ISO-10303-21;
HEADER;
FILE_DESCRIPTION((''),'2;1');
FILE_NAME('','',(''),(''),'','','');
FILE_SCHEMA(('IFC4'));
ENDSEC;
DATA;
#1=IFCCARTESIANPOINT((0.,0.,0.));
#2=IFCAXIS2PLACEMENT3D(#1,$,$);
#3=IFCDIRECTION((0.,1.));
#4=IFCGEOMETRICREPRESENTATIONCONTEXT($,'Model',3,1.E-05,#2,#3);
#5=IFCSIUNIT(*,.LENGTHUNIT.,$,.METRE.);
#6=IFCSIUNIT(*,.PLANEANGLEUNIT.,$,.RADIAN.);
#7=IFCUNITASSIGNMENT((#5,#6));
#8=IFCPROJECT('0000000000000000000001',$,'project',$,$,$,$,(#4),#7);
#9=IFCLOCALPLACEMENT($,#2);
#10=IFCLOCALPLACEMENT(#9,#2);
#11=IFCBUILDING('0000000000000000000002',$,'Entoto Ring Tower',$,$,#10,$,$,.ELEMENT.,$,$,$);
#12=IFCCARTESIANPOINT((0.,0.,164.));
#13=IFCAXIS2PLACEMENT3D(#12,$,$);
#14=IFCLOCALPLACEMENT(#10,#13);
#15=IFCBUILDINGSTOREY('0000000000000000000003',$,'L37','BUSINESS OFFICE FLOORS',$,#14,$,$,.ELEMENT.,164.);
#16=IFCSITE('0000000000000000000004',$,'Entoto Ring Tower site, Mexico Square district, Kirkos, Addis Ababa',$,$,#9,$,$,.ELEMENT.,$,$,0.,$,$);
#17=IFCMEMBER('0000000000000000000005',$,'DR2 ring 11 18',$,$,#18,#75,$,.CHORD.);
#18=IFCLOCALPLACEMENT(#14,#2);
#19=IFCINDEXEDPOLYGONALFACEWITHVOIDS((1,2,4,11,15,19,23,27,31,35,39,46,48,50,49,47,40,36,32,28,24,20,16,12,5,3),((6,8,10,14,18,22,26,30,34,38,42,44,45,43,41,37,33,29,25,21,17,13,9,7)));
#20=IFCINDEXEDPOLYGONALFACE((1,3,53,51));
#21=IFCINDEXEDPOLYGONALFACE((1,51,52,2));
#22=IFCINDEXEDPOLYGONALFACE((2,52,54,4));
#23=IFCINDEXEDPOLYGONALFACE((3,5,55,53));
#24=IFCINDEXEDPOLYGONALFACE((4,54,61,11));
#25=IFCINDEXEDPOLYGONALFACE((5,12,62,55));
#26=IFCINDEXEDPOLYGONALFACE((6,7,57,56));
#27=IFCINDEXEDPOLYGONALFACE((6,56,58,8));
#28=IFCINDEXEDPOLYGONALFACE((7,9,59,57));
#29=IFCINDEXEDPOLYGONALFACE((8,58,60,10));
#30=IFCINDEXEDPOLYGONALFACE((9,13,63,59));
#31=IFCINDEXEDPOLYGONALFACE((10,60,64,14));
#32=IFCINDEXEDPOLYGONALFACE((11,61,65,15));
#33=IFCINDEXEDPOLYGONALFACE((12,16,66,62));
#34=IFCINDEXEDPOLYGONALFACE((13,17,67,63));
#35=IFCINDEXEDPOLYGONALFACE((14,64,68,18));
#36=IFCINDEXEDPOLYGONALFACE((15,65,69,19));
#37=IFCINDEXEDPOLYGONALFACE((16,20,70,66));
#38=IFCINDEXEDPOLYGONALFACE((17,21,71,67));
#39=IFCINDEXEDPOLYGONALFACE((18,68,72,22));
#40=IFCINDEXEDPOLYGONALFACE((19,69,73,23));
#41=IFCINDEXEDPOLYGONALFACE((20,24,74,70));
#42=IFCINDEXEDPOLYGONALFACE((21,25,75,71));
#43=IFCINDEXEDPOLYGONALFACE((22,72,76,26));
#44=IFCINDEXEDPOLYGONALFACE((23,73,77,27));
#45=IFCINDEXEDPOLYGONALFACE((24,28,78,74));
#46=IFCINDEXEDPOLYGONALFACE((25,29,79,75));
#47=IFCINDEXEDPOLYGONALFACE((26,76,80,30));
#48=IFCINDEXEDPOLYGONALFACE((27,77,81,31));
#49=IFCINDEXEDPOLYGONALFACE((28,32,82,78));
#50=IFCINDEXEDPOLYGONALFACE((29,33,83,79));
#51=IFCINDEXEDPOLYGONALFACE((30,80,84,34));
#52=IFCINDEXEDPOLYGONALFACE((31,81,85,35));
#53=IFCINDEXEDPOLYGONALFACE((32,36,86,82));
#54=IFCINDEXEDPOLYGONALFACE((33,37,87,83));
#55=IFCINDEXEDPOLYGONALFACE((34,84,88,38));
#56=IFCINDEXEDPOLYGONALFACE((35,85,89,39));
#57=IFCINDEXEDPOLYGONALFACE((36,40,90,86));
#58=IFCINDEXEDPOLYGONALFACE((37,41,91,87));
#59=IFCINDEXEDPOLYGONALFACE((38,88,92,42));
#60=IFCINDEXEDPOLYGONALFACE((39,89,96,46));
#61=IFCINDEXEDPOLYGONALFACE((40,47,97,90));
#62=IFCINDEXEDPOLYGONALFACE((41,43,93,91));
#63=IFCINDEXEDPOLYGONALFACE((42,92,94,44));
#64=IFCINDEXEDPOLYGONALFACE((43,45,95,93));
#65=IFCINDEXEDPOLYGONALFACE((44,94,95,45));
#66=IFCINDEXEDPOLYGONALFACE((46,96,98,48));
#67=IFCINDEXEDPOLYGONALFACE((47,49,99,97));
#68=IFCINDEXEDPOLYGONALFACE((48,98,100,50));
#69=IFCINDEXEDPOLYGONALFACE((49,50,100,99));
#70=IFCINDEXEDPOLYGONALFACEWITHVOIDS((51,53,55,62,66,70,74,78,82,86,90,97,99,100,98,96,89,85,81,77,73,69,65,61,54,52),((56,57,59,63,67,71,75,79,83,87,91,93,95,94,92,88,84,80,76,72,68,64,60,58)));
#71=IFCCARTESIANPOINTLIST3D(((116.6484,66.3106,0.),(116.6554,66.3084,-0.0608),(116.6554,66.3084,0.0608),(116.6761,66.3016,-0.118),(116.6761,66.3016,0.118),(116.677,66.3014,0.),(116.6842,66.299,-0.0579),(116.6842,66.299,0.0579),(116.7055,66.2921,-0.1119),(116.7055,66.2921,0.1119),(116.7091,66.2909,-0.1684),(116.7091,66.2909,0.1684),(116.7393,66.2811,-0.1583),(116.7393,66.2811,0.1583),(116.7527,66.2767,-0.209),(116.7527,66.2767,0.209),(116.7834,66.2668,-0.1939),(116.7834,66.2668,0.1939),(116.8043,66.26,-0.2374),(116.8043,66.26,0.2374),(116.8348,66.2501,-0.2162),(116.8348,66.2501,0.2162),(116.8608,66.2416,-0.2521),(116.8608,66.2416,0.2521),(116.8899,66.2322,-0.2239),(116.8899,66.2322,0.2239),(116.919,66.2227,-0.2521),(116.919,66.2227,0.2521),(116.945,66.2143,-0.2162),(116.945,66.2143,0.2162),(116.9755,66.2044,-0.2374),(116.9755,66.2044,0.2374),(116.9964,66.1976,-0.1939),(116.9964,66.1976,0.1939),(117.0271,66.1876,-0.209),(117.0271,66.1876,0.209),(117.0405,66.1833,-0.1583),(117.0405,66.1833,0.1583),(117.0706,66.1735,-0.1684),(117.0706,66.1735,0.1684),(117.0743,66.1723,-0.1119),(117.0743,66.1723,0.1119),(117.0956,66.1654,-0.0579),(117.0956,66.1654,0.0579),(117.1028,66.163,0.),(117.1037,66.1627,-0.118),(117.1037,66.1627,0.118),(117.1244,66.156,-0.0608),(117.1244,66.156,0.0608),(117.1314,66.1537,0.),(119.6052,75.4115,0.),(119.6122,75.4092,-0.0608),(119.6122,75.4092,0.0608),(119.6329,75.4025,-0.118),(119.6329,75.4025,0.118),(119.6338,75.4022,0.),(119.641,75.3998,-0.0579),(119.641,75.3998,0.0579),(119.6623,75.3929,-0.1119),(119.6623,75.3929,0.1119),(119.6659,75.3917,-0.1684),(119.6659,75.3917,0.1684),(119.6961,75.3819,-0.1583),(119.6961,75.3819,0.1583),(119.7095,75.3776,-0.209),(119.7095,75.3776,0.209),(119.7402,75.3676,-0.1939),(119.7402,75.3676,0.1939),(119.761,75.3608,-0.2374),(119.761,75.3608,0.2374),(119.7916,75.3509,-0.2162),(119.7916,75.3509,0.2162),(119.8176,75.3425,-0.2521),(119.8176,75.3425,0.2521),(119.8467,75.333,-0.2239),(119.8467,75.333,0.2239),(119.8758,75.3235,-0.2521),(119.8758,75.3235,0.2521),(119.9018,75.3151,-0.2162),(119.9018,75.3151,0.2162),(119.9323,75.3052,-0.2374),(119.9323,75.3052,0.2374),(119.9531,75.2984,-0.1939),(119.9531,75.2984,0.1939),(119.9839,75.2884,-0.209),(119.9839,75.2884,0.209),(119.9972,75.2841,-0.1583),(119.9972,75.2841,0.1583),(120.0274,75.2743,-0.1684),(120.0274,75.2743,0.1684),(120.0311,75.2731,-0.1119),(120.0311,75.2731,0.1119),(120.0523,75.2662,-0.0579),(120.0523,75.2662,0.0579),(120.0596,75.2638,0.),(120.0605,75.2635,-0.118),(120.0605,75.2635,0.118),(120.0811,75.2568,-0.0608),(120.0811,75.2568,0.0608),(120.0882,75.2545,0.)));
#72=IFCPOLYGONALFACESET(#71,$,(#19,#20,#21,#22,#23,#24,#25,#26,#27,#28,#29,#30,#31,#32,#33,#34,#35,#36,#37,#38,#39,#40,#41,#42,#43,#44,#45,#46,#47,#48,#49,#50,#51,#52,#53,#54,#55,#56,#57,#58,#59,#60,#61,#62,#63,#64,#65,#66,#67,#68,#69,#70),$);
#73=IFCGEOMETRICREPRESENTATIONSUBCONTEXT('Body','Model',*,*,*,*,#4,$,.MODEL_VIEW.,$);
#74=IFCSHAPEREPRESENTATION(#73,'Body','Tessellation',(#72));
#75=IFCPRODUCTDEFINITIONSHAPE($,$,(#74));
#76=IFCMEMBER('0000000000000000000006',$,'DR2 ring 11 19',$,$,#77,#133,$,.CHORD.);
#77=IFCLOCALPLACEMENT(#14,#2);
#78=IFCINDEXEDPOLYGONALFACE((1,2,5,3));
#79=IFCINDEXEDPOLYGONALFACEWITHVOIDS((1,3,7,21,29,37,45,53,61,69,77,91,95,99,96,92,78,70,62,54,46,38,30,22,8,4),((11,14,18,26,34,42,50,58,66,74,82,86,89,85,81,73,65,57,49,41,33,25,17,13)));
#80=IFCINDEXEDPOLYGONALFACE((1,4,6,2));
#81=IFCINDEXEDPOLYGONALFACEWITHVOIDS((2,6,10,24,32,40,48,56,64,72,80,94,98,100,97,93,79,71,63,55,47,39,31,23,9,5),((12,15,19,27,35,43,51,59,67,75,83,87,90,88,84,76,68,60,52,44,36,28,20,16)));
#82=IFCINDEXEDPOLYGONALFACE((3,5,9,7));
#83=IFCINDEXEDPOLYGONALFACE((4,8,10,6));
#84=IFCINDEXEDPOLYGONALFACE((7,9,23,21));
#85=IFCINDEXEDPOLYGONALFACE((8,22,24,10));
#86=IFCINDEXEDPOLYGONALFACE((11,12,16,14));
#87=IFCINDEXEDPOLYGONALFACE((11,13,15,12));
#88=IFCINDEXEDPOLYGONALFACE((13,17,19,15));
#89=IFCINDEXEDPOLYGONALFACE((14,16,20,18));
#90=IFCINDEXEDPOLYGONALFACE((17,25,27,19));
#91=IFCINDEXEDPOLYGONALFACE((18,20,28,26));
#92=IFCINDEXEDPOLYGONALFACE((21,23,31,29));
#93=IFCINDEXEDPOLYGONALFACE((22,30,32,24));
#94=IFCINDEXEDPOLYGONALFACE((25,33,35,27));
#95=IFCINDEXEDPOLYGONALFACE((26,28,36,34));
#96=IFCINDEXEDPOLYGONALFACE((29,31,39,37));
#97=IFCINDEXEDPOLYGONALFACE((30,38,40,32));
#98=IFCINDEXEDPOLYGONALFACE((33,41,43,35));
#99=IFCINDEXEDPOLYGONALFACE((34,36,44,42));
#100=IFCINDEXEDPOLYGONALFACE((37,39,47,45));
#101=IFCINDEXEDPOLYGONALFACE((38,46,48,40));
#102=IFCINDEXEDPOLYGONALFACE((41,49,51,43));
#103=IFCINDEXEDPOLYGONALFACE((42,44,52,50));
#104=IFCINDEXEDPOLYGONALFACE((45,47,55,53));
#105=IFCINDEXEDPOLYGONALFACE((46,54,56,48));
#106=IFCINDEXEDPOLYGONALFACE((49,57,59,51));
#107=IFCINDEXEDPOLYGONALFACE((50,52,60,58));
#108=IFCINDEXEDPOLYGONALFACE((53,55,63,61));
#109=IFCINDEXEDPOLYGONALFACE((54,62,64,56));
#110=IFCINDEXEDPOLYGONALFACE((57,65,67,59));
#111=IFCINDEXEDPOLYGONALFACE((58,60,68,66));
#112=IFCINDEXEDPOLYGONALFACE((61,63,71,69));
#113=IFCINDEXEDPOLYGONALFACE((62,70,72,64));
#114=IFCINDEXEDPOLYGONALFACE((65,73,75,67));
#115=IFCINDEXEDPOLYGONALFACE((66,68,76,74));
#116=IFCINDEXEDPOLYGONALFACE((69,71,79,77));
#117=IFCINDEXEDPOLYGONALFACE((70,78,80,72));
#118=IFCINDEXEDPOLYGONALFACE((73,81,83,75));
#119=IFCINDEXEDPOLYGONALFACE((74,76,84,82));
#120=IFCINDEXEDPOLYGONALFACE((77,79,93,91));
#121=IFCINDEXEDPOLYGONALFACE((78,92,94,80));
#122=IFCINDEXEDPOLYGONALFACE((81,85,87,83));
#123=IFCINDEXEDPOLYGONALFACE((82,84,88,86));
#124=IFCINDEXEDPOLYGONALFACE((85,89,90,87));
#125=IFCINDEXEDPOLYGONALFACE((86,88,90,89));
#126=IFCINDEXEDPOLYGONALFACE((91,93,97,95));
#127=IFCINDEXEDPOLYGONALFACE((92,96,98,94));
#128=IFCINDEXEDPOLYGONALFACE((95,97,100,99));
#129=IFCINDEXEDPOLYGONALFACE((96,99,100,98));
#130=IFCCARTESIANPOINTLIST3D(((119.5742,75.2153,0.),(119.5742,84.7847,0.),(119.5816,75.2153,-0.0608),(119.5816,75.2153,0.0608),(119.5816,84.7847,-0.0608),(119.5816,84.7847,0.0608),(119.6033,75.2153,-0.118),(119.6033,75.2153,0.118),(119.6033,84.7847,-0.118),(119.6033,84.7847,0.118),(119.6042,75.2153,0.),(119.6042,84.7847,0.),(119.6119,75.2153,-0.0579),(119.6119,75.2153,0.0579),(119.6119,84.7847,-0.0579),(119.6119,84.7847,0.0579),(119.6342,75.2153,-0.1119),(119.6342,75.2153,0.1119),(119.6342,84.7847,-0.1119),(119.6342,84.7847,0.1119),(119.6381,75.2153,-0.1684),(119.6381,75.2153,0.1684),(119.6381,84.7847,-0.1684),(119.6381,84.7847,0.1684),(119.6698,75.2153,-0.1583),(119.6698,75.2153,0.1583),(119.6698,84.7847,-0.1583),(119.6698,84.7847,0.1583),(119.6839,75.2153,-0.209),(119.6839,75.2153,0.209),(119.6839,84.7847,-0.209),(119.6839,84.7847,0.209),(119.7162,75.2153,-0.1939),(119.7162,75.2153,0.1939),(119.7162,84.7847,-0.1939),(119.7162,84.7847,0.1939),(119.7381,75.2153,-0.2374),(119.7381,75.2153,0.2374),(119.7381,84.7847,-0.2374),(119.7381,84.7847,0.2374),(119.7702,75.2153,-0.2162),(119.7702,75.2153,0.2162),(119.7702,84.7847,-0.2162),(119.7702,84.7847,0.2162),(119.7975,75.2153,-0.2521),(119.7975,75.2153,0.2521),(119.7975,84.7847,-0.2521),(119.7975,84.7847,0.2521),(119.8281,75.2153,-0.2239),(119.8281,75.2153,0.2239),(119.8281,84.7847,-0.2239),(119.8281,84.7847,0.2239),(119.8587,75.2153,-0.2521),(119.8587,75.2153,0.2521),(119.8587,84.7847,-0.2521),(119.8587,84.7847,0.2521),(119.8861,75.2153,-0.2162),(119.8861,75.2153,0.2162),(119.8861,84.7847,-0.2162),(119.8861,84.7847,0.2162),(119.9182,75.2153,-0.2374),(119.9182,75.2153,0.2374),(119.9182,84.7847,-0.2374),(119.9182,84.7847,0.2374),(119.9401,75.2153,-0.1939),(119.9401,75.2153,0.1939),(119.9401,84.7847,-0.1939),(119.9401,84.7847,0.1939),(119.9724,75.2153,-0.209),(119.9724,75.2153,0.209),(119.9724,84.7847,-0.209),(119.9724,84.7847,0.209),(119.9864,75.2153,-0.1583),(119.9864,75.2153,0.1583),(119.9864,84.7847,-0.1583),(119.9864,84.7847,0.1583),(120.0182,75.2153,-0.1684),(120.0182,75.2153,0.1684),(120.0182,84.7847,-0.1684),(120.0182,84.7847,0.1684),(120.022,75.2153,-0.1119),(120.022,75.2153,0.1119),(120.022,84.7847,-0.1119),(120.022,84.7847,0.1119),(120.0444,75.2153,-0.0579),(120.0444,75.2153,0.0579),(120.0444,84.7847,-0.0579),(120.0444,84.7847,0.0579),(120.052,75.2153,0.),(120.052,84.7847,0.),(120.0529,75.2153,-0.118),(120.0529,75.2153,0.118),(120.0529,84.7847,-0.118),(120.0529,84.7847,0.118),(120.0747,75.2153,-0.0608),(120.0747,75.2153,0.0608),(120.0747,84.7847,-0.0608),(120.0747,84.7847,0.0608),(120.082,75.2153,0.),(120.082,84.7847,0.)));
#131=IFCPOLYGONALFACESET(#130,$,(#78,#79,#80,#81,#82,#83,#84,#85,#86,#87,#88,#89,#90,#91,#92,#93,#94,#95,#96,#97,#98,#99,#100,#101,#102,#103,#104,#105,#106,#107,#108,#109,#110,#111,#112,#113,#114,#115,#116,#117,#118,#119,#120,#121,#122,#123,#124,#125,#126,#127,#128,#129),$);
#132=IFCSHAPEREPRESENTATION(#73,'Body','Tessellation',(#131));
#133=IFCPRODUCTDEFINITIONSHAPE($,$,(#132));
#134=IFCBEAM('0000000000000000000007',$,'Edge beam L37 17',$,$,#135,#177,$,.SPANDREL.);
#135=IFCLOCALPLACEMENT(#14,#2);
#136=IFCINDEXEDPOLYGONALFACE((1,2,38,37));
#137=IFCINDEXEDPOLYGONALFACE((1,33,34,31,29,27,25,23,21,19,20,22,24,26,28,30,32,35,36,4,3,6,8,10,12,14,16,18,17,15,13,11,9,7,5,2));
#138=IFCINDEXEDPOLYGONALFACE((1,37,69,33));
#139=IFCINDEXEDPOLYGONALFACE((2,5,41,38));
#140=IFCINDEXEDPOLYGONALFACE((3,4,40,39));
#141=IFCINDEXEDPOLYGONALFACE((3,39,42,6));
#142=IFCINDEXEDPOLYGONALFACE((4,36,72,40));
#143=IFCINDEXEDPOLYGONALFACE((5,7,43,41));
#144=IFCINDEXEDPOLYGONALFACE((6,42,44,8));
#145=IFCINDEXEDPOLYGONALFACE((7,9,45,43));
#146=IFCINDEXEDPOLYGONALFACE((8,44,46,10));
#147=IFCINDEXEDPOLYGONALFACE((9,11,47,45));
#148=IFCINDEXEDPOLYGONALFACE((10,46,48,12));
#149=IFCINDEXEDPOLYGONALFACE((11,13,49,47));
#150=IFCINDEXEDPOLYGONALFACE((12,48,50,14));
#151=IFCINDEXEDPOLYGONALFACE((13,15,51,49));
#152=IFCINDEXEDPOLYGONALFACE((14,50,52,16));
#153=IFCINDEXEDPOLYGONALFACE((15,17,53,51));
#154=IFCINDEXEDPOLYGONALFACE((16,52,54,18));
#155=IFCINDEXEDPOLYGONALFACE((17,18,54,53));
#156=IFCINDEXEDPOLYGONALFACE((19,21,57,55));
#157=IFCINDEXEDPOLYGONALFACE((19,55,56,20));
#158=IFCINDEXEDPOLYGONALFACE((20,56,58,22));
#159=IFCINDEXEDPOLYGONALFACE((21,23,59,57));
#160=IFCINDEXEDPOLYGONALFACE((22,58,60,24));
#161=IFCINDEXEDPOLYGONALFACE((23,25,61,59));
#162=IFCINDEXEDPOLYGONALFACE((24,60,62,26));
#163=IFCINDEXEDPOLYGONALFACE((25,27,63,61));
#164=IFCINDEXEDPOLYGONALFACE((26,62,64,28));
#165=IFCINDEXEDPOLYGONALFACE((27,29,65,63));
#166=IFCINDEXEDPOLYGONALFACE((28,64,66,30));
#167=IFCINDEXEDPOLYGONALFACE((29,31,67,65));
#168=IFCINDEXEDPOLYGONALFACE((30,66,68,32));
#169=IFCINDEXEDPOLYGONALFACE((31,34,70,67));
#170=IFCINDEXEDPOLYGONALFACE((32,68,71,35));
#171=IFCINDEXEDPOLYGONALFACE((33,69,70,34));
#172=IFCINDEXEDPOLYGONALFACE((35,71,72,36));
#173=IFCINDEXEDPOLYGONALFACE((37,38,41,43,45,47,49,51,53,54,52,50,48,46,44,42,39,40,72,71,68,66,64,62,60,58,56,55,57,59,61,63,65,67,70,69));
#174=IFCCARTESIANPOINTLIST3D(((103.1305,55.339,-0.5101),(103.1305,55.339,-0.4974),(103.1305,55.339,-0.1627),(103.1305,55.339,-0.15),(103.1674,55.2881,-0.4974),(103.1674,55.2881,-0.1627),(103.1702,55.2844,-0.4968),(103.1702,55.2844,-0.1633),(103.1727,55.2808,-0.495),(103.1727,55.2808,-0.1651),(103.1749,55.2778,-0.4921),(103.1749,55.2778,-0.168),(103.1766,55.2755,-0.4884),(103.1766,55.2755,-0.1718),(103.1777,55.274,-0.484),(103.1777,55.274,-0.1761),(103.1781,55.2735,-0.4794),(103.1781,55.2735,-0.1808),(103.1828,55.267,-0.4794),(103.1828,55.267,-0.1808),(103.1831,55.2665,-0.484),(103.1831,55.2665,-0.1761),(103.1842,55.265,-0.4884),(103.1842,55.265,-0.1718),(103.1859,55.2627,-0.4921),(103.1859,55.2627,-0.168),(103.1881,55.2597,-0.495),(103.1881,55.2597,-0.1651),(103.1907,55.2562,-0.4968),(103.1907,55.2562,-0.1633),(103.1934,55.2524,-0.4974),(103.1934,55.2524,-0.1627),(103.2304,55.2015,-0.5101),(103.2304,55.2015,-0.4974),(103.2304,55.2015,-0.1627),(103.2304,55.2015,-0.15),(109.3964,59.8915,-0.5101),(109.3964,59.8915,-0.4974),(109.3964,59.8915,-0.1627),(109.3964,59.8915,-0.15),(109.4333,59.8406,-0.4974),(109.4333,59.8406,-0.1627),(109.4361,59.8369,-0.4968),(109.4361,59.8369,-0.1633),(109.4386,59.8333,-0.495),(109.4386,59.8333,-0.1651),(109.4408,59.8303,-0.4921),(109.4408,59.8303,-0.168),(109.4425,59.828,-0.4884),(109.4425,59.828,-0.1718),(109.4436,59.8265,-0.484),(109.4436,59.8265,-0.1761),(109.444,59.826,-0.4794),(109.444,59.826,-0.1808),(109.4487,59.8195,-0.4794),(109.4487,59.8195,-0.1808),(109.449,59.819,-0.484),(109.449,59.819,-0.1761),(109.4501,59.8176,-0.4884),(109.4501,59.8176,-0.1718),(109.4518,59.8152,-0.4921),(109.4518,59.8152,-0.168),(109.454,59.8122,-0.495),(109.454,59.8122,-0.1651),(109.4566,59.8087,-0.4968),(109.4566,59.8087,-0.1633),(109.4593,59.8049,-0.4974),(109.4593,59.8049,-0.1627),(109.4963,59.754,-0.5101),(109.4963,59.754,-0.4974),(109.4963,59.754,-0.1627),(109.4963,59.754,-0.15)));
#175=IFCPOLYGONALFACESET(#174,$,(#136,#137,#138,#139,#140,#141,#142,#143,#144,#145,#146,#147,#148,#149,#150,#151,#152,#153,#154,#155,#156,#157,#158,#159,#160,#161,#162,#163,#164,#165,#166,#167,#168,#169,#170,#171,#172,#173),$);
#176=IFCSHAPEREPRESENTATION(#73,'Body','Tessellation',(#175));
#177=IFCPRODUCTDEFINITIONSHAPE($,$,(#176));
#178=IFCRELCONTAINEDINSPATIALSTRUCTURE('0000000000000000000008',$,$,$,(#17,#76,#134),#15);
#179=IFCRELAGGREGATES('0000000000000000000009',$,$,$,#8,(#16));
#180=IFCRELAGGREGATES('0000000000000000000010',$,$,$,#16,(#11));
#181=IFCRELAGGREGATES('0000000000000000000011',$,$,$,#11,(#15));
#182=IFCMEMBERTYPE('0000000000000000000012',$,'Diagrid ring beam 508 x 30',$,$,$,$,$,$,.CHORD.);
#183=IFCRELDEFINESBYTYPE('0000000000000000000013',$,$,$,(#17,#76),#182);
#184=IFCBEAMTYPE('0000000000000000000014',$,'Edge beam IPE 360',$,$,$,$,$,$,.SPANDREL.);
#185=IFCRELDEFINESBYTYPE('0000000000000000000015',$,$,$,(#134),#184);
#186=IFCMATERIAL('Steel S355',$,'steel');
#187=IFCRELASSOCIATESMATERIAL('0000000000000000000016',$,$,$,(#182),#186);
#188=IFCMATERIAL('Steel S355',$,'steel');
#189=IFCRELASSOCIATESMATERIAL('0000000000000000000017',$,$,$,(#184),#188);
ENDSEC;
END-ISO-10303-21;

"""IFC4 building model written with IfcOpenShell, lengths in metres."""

from ifc_helpers import new_model, si_unit, direction, frame, origin, origin_2d, place, context, subcontext, project, spatial, circle, hollow_circle, i_section, extrude, material, material_profile, profile_set, type_object, element, save


model = new_model("IFC4")

# Units and contexts
model_context = context("Model", 3, precision=1e-05, world=origin(), true_north=direction((0.0, 1.0)))
body_context = subcontext(model_context, "Body", "Model", "MODEL_VIEW")
ifc_project = project(units=[si_unit("LENGTHUNIT", "METRE"), si_unit("PLANEANGLEUNIT", "RADIAN")], contexts=[model_context])

# Site, building, storey
site_placement = place(None, origin())
site = spatial("IfcSite", under=ifc_project, at=site_placement, Name="Entoto Ring Tower site, Mexico Square district, Kirkos, Addis Ababa", CompositionType="ELEMENT", RefElevation=0.0)
building_placement = place(site_placement, origin())
building = spatial("IfcBuilding", under=site, at=building_placement, Name="Entoto Ring Tower", CompositionType="ELEMENT")
storey_placement = place(building_placement, frame((0.0, 0.0, 164.0)))
storey = spatial("IfcBuildingStorey", under=building, at=storey_placement, Name="L37", Description="BUSINESS OFFICE FLOORS", CompositionType="ELEMENT", Elevation=164.0)

# Members
ifc_material_1 = material(Name="Steel S355", Category="steel")
ifc_material_profile_1 = material_profile(ifc_material_1, hollow_circle(Radius=0.2539, WallThickness=0.03, at=origin_2d()), Name="CHS 508 x 30")
ifc_material_2 = material(Name="Concrete C60/75", Category="concrete")
ifc_material_profile_2 = material_profile(ifc_material_2, circle(Radius=0.2241, at=origin_2d()), Name="Concrete C60/75 infill")
ifc_profile_set_1 = profile_set([ifc_material_profile_1, ifc_material_profile_2], Name="Steel S355")
member_type_1 = type_object("IfcMemberType", Name="Diagrid ring beam 508 x 30", PredefinedType="CHORD", material=ifc_profile_set_1)
for number, where, z_axis, x_axis, name in (
    (1, (116.8899, 66.2322, 0.0), (0.308993, 0.951064, 0.0), (-0.951064, 0.308993, 0.0), "DR2 ring 11 18"),
):
    element("IfcMember", number, at=place(storey_placement, frame(where, z_axis=z_axis, x_axis=x_axis)), inside=storey, type_object=member_type_1, Name=name, PredefinedType="CHORD", context=body_context, shape_type="SweptSolid", body=[
        extrude(hollow_circle(Radius=0.2539, WallThickness=0.03, at=origin_2d()), origin(), (0.0, 0.0, 1.0), 9.5691),
    ])
member_1_placement = place(storey_placement, frame((119.8281, 75.2153, 0.0), z_axis=(0.0, 1.0, 0.0), x_axis=(-1.0, 0.0, 0.0)))
element("IfcMember", 2, at=member_1_placement, inside=storey, type_object=member_type_1, Name="DR2 ring 11 19", PredefinedType="CHORD", context=body_context, shape_type="SweptSolid", body=[
    extrude(hollow_circle(Radius=0.2539, WallThickness=0.03, at=origin_2d()), origin(), (0.0, 0.0, 1.0), 9.5693),
])

# Beam
ifc_material_3 = material(Name="Steel S355", Category="steel")
ifc_material_profile_3 = material_profile(ifc_material_3, i_section(OverallWidth=0.1699, OverallDepth=0.3601, WebThickness=0.0081, FlangeThickness=0.0127, FilletRadius=0.0181, at=origin_2d()), Name="IPE 360")
ifc_profile_set_2 = profile_set([ifc_material_profile_3], Name="Steel S355")
beam_type_1 = type_object("IfcBeamType", Name="Edge beam IPE 360", PredefinedType="SPANDREL", material=ifc_profile_set_2)
for number, where, z_axis, x_axis, name in (
    (3, (103.1804, 55.2703, -0.3301), (0.809013, 0.587791, 0.0), (-0.587791, 0.809013, 0.0), "Edge beam L37 17"),
):
    element("IfcBeam", number, at=place(storey_placement, frame(where, z_axis=z_axis, x_axis=x_axis)), inside=storey, type_object=beam_type_1, Name=name, PredefinedType="SPANDREL", context=body_context, shape_type="SweptSolid", body=[
        extrude(i_section(OverallWidth=0.1699, OverallDepth=0.3601, WebThickness=0.0081, FlangeThickness=0.0127, FilletRadius=0.0181, at=origin_2d()), origin(), (0.0, 0.0, 1.0), 7.7451),
    ])

save(model, "model.ifc")
